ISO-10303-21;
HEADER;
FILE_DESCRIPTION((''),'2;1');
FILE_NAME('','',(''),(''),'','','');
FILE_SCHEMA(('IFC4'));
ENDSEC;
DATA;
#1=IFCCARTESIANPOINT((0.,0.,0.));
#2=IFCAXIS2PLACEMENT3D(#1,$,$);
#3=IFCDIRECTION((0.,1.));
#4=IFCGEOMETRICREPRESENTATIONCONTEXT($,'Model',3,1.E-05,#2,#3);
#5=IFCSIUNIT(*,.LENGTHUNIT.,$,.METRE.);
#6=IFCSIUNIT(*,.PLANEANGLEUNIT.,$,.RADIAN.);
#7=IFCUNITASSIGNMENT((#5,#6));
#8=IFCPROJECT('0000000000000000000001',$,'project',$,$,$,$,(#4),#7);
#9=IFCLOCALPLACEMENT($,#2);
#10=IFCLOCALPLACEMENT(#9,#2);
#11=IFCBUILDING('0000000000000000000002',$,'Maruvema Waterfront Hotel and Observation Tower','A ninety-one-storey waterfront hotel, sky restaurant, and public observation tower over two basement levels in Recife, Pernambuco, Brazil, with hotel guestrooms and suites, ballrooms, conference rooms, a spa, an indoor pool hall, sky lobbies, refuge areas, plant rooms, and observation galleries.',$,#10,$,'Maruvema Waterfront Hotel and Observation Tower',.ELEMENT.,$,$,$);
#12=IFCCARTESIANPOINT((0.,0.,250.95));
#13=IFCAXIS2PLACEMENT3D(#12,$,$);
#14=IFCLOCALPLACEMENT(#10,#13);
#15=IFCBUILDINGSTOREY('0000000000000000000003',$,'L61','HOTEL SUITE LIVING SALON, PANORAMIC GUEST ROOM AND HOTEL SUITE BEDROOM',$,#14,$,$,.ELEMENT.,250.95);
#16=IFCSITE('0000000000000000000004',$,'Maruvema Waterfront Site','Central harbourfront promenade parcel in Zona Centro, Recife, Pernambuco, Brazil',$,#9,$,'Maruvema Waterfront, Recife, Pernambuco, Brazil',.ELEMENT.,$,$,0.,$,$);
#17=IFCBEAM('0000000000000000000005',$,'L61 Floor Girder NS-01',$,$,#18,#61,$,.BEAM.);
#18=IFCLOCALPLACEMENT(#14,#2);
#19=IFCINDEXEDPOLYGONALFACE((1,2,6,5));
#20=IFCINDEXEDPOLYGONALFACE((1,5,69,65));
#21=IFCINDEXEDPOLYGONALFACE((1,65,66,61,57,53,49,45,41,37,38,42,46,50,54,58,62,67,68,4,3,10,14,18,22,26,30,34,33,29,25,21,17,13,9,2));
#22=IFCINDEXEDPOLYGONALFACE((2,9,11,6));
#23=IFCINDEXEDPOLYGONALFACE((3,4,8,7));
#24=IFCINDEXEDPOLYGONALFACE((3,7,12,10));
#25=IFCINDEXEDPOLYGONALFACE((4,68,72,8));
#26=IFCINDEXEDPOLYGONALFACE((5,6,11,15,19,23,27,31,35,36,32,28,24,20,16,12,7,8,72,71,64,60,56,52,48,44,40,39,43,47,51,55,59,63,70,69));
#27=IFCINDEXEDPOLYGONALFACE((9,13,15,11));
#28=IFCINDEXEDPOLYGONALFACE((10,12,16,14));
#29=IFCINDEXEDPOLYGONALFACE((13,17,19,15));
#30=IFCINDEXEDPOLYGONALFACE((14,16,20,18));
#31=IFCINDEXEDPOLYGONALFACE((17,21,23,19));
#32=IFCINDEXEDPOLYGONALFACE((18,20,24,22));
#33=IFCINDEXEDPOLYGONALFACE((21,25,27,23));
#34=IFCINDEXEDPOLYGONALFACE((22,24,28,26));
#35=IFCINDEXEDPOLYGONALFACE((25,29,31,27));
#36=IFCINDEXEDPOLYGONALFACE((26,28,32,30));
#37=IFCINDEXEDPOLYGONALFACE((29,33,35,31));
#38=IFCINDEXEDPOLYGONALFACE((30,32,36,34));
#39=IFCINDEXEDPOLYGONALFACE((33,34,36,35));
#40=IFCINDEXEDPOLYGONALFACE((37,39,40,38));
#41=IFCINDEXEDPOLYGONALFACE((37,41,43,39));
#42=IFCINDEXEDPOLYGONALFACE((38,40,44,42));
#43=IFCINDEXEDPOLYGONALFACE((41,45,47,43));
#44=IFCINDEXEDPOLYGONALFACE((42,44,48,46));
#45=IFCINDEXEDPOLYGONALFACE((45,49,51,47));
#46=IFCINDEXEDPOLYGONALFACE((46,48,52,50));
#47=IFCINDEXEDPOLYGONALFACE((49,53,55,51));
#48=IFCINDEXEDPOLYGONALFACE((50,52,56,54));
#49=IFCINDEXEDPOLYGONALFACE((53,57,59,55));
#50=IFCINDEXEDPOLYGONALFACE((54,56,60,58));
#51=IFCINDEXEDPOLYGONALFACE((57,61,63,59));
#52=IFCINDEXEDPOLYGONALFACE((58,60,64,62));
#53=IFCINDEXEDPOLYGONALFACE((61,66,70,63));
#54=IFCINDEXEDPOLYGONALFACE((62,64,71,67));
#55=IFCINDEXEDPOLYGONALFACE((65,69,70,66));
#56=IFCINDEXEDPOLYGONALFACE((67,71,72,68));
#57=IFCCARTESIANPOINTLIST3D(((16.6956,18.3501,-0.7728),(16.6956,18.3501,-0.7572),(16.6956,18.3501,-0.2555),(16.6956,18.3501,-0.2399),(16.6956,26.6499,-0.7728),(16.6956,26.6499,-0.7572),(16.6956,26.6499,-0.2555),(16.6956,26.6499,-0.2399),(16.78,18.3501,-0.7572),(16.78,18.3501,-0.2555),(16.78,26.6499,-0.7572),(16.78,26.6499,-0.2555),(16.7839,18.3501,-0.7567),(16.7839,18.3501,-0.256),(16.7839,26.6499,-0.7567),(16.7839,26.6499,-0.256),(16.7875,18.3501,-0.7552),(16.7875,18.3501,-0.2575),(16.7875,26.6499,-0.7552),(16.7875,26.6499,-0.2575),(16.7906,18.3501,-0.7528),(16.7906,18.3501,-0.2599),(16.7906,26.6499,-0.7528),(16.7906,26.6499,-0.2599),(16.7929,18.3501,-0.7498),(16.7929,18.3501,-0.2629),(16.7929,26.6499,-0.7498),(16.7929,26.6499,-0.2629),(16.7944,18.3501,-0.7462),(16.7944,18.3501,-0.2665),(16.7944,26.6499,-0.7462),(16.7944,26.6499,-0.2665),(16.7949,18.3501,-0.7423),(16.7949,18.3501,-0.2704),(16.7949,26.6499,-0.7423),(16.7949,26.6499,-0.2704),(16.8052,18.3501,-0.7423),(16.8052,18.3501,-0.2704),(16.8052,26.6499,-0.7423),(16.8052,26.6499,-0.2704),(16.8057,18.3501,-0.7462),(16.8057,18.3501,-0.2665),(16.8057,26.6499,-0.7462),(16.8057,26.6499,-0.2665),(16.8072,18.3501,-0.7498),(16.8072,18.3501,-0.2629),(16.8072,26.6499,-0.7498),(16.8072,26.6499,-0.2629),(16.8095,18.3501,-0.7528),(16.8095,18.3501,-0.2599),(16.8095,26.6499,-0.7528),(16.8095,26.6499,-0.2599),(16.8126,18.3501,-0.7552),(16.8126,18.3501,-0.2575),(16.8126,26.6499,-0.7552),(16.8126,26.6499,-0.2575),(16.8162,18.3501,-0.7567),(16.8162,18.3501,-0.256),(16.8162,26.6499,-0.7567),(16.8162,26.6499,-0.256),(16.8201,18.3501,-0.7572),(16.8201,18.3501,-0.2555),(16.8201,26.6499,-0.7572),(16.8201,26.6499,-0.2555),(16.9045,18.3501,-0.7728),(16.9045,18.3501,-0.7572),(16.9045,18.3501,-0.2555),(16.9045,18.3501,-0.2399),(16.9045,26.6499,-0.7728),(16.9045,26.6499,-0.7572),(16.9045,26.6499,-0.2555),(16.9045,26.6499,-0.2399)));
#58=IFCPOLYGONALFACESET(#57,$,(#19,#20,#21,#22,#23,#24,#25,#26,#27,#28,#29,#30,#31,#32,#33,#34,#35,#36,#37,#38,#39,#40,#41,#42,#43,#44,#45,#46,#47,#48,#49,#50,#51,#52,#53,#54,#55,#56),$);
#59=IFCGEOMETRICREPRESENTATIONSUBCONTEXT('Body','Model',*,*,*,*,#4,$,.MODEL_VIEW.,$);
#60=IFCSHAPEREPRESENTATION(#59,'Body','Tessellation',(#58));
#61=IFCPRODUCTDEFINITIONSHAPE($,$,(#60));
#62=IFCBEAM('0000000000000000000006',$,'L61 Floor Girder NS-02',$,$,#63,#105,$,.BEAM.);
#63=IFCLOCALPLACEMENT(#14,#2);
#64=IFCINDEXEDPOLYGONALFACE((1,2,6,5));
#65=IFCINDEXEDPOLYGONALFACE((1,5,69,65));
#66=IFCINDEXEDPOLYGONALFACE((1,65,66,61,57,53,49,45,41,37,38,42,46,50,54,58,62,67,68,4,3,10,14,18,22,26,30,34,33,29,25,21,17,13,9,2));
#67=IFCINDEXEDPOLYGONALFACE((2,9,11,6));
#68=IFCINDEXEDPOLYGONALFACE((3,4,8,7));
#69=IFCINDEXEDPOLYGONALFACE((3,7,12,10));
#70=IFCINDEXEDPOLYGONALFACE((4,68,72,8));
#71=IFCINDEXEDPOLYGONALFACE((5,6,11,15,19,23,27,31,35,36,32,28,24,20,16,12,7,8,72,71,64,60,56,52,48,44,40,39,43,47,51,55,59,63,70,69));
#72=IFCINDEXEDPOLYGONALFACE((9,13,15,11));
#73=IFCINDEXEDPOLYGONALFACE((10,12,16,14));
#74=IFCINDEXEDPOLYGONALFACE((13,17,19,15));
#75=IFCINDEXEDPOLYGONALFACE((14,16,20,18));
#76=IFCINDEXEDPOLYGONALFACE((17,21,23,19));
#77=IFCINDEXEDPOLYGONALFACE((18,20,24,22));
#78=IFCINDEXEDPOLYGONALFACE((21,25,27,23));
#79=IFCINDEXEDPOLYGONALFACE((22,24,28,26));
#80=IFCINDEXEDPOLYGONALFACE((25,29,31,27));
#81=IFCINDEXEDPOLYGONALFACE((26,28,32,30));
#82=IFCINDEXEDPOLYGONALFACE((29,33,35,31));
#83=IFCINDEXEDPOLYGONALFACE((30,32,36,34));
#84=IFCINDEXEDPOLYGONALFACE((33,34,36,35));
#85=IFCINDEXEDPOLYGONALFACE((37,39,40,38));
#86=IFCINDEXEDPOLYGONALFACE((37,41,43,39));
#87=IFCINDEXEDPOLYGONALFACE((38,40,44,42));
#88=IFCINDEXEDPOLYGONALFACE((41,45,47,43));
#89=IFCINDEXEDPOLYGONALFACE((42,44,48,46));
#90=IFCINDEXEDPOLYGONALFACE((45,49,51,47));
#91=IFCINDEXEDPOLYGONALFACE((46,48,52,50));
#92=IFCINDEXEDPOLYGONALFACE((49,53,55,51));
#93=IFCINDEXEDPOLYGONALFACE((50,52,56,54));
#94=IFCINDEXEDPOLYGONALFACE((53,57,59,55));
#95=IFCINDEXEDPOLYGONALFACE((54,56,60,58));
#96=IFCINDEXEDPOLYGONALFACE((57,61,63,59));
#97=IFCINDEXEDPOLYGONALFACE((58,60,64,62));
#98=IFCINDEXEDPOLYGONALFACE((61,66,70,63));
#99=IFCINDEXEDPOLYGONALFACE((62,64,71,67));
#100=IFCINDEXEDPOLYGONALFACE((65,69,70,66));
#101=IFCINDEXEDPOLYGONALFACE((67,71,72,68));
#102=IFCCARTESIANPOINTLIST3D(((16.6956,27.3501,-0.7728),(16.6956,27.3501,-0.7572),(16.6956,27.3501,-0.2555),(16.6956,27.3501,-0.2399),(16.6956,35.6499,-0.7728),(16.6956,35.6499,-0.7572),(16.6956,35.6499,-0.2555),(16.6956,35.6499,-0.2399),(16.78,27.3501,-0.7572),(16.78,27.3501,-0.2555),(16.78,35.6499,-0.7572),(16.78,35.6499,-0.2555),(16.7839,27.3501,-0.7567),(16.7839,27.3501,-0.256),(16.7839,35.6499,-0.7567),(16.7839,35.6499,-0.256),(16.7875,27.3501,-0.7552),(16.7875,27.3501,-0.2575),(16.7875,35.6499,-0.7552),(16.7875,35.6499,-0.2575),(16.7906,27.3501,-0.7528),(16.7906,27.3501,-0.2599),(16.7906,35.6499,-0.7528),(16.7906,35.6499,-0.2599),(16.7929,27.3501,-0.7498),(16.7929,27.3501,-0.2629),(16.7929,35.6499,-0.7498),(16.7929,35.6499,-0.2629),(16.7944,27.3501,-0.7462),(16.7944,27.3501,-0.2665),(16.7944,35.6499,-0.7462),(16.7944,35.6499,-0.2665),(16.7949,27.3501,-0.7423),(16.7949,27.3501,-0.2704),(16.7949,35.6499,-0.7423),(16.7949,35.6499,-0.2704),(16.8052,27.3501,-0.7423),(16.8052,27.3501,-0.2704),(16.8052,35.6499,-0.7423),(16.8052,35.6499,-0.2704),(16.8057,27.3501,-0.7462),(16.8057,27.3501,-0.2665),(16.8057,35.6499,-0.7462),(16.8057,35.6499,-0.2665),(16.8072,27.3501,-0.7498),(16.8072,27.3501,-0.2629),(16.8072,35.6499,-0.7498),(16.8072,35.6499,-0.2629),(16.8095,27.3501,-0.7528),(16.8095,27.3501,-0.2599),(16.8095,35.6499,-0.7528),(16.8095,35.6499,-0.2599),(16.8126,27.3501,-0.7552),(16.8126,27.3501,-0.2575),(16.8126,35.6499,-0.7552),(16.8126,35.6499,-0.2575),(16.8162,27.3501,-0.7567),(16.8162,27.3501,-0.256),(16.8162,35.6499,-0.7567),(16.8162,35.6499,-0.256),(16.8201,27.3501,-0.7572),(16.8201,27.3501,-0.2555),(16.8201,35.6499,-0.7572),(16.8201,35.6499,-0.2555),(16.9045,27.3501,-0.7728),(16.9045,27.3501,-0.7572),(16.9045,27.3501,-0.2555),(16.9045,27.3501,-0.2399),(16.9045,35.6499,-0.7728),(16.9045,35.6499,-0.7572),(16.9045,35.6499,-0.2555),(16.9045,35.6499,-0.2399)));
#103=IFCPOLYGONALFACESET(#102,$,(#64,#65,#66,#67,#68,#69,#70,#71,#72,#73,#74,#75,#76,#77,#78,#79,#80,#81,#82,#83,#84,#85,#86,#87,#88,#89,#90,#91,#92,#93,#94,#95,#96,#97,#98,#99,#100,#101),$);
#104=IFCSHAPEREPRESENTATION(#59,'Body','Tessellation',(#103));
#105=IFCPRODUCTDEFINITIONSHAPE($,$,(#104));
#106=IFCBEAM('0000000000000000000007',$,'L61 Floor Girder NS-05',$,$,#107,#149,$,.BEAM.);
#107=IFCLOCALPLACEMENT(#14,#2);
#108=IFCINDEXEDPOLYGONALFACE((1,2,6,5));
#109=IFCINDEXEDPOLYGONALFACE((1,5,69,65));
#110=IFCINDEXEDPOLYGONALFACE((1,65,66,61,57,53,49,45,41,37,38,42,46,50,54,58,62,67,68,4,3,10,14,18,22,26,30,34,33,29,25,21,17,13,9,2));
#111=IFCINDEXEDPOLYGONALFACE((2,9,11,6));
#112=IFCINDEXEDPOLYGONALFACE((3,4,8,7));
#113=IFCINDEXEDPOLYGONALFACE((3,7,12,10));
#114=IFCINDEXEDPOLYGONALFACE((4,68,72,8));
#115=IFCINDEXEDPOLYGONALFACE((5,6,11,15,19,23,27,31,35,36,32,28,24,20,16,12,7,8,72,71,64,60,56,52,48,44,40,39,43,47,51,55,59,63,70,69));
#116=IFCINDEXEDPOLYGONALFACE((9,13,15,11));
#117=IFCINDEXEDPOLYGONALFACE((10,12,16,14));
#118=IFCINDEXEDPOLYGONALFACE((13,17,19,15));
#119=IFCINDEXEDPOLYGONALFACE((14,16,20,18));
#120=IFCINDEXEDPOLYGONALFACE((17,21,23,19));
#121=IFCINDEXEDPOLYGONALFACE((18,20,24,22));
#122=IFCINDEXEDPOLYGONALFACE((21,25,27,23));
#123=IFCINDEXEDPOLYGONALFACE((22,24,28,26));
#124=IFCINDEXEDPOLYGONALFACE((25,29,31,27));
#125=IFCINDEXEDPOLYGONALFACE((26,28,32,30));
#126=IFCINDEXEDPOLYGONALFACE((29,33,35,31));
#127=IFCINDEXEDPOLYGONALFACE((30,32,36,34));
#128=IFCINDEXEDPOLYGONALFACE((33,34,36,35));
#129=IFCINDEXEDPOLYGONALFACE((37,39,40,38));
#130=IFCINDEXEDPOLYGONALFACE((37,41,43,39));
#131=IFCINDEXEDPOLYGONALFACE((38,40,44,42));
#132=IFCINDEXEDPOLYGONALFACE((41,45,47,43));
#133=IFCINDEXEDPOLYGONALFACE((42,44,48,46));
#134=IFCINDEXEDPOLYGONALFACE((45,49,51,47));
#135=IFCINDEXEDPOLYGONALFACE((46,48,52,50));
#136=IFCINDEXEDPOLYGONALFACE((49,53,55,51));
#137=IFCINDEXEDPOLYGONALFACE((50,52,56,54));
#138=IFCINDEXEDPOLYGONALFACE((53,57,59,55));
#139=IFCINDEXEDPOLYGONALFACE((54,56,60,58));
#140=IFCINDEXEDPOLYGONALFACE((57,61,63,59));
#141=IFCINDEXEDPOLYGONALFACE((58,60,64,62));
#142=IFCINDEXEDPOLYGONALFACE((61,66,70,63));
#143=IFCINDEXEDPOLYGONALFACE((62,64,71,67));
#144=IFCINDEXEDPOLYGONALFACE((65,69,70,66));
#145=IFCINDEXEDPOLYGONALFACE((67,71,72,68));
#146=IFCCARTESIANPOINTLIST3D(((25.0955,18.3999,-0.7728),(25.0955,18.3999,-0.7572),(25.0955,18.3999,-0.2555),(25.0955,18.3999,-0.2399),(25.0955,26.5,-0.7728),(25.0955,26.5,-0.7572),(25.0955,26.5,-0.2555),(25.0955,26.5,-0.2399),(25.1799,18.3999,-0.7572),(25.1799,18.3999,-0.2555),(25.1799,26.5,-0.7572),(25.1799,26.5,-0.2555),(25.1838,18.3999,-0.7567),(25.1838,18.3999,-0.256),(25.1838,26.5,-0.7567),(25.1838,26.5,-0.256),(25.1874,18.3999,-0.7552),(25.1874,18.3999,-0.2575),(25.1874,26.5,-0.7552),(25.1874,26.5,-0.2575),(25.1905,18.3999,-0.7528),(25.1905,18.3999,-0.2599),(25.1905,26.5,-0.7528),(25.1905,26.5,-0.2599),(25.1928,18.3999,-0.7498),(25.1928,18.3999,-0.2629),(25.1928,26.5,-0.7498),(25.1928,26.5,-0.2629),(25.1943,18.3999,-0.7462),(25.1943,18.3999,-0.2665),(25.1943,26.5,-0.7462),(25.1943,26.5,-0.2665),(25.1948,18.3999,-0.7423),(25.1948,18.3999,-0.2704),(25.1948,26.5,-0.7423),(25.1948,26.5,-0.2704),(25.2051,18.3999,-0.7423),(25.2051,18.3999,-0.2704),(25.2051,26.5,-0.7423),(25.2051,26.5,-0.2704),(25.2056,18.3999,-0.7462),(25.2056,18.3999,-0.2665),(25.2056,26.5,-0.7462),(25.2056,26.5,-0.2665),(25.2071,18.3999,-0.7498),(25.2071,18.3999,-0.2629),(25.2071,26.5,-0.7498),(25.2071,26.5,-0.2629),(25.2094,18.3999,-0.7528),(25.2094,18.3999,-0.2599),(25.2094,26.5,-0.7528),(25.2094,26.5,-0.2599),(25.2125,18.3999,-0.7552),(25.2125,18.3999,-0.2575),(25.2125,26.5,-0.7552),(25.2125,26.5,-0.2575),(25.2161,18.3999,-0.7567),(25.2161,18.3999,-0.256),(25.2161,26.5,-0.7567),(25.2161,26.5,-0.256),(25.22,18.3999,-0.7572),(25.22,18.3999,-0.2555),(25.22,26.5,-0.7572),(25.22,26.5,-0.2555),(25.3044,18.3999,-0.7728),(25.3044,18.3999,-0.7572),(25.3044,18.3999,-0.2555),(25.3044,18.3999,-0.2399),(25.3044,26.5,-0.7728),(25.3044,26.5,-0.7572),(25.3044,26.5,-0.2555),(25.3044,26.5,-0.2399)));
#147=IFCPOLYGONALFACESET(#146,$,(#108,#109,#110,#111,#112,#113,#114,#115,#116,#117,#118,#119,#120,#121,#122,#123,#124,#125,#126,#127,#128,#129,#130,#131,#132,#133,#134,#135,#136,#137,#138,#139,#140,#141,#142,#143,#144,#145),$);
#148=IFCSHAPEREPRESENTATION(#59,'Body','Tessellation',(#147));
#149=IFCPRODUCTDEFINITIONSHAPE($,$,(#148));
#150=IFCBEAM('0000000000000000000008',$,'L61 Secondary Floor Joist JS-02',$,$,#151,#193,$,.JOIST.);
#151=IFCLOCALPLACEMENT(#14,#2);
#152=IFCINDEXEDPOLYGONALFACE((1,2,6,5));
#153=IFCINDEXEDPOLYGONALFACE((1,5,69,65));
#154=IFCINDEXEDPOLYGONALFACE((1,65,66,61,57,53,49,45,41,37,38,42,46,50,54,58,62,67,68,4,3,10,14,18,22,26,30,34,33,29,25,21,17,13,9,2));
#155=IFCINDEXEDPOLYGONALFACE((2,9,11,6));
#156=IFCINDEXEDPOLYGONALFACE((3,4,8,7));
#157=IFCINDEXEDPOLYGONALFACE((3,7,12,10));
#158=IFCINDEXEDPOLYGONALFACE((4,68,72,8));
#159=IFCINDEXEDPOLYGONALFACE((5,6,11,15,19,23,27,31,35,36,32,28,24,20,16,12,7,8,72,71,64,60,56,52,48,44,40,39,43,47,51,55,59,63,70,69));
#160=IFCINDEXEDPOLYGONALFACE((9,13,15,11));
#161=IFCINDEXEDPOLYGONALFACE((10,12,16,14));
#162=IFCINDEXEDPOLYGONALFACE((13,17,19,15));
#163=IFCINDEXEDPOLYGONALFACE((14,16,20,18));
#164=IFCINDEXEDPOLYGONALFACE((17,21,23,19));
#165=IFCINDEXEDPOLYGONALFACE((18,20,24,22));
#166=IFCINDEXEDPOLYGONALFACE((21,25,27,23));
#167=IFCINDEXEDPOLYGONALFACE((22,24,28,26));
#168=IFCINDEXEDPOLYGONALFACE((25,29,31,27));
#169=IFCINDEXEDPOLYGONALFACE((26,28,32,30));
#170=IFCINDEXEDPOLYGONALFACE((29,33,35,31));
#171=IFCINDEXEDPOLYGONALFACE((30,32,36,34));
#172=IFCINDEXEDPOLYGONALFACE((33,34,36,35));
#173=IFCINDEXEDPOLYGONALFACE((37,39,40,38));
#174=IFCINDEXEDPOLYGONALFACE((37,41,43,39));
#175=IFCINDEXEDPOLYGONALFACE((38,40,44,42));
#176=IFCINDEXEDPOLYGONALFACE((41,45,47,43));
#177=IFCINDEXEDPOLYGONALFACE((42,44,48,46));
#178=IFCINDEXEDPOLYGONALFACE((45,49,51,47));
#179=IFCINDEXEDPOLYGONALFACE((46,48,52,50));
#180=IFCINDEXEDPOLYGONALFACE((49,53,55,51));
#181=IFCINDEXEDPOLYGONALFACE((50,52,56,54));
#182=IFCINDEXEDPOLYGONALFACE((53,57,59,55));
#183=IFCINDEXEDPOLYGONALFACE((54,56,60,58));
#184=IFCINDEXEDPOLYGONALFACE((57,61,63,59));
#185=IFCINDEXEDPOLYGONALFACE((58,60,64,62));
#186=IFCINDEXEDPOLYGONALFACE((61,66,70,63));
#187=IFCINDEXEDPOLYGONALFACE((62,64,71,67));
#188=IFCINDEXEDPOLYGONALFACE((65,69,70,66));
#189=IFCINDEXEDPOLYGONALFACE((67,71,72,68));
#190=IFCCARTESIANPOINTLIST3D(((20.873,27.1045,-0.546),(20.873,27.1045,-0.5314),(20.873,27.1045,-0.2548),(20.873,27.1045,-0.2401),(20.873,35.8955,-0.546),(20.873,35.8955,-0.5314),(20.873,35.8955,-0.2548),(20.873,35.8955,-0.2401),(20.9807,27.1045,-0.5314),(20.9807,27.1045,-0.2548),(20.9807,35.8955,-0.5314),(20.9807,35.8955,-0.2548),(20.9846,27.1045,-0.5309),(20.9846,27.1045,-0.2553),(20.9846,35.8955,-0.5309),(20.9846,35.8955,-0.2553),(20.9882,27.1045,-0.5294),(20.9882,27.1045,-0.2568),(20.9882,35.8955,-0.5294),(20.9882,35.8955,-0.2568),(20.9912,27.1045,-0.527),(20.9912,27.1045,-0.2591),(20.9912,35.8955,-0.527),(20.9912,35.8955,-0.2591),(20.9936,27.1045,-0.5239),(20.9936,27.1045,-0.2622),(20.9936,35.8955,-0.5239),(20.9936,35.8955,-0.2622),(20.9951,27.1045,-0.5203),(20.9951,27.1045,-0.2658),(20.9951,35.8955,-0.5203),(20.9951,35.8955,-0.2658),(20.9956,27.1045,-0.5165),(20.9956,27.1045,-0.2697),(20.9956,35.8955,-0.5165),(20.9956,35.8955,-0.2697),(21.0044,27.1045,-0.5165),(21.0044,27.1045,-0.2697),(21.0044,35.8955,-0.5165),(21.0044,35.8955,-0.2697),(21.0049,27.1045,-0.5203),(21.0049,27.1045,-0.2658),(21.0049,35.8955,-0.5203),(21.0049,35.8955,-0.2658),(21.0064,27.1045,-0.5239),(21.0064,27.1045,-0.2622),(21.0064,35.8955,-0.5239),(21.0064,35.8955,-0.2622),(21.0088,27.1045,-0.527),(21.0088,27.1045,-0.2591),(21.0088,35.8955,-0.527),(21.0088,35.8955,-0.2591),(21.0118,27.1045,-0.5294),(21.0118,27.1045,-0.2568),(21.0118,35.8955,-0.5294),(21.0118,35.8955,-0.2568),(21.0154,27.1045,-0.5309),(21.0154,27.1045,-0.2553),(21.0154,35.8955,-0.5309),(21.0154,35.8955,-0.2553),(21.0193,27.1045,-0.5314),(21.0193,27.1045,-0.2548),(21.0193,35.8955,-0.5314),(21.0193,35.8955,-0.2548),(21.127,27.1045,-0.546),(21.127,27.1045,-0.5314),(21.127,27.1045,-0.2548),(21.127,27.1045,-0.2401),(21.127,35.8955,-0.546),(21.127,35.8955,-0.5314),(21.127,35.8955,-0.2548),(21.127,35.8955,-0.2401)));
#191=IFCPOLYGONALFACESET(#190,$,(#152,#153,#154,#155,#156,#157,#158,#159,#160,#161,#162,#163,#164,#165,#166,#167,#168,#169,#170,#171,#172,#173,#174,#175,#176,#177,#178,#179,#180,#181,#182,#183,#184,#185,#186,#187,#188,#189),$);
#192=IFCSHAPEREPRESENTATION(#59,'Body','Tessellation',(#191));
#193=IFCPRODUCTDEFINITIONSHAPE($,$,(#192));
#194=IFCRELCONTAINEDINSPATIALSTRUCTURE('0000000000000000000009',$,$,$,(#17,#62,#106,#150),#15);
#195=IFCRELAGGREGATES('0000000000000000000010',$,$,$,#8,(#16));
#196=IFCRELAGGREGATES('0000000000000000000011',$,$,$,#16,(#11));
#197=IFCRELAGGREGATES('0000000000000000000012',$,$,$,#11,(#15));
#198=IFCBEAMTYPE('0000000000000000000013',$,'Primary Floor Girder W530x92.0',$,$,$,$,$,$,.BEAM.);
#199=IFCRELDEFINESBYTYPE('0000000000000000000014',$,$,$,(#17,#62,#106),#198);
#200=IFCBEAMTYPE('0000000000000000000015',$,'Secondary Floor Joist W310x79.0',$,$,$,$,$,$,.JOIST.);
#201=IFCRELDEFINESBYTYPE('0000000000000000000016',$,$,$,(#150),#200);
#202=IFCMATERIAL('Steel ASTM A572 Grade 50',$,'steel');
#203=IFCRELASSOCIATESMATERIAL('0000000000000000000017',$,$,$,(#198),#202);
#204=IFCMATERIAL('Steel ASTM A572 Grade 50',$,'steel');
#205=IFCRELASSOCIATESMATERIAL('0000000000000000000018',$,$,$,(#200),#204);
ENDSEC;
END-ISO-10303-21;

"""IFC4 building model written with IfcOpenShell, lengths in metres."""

from ifc_helpers import new_model, si_unit, direction, frame, origin, origin_2d, place, context, subcontext, project, spatial, i_section, extrude, material, material_profile, profile_set, type_object, element, save


model = new_model("IFC4")

# Units and contexts
model_context = context("Model", 3, precision=1e-05, world=origin(), true_north=direction((0.0, 1.0)))
body_context = subcontext(model_context, "Body", "Model", "MODEL_VIEW")
ifc_project = project(units=[si_unit("LENGTHUNIT", "METRE"), si_unit("PLANEANGLEUNIT", "RADIAN")], contexts=[model_context])

# Site, building, storey
site_placement = place(None, origin())
site = spatial("IfcSite", under=ifc_project, at=site_placement, Name="Maruvema Waterfront Site", Description="Central harbourfront promenade parcel in Zona Centro, Recife, Pernambuco, Brazil", LongName="Maruvema Waterfront, Recife, Pernambuco, Brazil", CompositionType="ELEMENT", RefElevation=0.0)
building_placement = place(site_placement, origin())
building = spatial("IfcBuilding", under=site, at=building_placement, Name="Maruvema Waterfront Hotel and Observation Tower", Description="A ninety-one-storey waterfront hotel, sky restaurant, and public observation tower over two basement levels in Recife, Pernambuco, Brazil, with hotel guestrooms and suites, ballrooms, conference rooms, a spa, an indoor pool hall, sky lobbies, refuge areas, plant rooms, and observation galleries.", LongName="Maruvema Waterfront Hotel and Observation Tower", CompositionType="ELEMENT")
storey_placement = place(building_placement, frame((0.0, 0.0, 250.95)))
storey = spatial("IfcBuildingStorey", under=building, at=storey_placement, Name="L61", Description="HOTEL SUITE LIVING SALON, PANORAMIC GUEST ROOM AND HOTEL SUITE BEDROOM", CompositionType="ELEMENT", Elevation=250.95)

# Beams
ifc_material_1 = material(Name="Steel ASTM A572 Grade 50", Category="steel")
ifc_material_profile_1 = material_profile(ifc_material_1, i_section(OverallWidth=0.209, OverallDepth=0.533, WebThickness=0.0103, FlangeThickness=0.0156, FilletRadius=0.0149, at=origin_2d()), Name="W530x92.0")
ifc_profile_set_1 = profile_set([ifc_material_profile_1], Name="Steel ASTM A572 Grade 50")
beam_type_1 = type_object("IfcBeamType", Name="Primary Floor Girder W530x92.0", PredefinedType="BEAM", material=ifc_profile_set_1)
for number, where, z_axis, x_axis, name in (
    (1, (16.8, 18.3501, -0.5063), (0.0, 1.0, 0.0), (-1.0, 0.0, 0.0), "L61 Floor Girder NS-01"),
    (2, (16.8, 27.3501, -0.5063), (0.0, 1.0, 0.0), (-1.0, 0.0, 0.0), "L61 Floor Girder NS-02"),
):
    element("IfcBeam", number, at=place(storey_placement, frame(where, z_axis=z_axis, x_axis=x_axis)), inside=storey, type_object=beam_type_1, Name=name, PredefinedType="BEAM", context=body_context, shape_type="SweptSolid", body=[
        extrude(i_section(OverallWidth=0.209, OverallDepth=0.533, WebThickness=0.0103, FlangeThickness=0.0156, FilletRadius=0.0149, at=origin_2d()), origin(), (0.0, 0.0, 1.0), 8.2998),
    ])
beam_1_placement = place(storey_placement, frame((25.2, 18.3999, -0.5063), z_axis=(0.0, 1.0, 0.0), x_axis=(-1.0, 0.0, 0.0)))
element("IfcBeam", 3, at=beam_1_placement, inside=storey, type_object=beam_type_1, Name="L61 Floor Girder NS-05", PredefinedType="BEAM", context=body_context, shape_type="SweptSolid", body=[
    extrude(i_section(OverallWidth=0.209, OverallDepth=0.533, WebThickness=0.0103, FlangeThickness=0.0156, FilletRadius=0.0149, at=origin_2d()), origin(), (0.0, 0.0, 1.0), 8.1001),
])
ifc_material_2 = material(Name="Steel ASTM A572 Grade 50", Category="steel")
ifc_material_profile_2 = material_profile(ifc_material_2, i_section(OverallWidth=0.2539, OverallDepth=0.3059, WebThickness=0.0088, FlangeThickness=0.0146, FilletRadius=0.0149, at=origin_2d()), Name="W310x79.0")
ifc_profile_set_2 = profile_set([ifc_material_profile_2], Name="Steel ASTM A572 Grade 50")
beam_type_2 = type_object("IfcBeamType", Name="Secondary Floor Joist W310x79.0", PredefinedType="JOIST", material=ifc_profile_set_2)
beam_2_placement = place(storey_placement, frame((21.0, 27.1045, -0.3931), z_axis=(0.0, 1.0, 0.0), x_axis=(-1.0, 0.0, 0.0)))
element("IfcBeam", 4, at=beam_2_placement, inside=storey, type_object=beam_type_2, Name="L61 Secondary Floor Joist JS-02", PredefinedType="JOIST", context=body_context, shape_type="SweptSolid", body=[
    extrude(i_section(OverallWidth=0.2539, OverallDepth=0.3059, WebThickness=0.0088, FlangeThickness=0.0146, FilletRadius=0.0149, at=origin_2d()), origin(), (0.0, 0.0, 1.0), 8.791),
])

save(model, "model.ifc")
